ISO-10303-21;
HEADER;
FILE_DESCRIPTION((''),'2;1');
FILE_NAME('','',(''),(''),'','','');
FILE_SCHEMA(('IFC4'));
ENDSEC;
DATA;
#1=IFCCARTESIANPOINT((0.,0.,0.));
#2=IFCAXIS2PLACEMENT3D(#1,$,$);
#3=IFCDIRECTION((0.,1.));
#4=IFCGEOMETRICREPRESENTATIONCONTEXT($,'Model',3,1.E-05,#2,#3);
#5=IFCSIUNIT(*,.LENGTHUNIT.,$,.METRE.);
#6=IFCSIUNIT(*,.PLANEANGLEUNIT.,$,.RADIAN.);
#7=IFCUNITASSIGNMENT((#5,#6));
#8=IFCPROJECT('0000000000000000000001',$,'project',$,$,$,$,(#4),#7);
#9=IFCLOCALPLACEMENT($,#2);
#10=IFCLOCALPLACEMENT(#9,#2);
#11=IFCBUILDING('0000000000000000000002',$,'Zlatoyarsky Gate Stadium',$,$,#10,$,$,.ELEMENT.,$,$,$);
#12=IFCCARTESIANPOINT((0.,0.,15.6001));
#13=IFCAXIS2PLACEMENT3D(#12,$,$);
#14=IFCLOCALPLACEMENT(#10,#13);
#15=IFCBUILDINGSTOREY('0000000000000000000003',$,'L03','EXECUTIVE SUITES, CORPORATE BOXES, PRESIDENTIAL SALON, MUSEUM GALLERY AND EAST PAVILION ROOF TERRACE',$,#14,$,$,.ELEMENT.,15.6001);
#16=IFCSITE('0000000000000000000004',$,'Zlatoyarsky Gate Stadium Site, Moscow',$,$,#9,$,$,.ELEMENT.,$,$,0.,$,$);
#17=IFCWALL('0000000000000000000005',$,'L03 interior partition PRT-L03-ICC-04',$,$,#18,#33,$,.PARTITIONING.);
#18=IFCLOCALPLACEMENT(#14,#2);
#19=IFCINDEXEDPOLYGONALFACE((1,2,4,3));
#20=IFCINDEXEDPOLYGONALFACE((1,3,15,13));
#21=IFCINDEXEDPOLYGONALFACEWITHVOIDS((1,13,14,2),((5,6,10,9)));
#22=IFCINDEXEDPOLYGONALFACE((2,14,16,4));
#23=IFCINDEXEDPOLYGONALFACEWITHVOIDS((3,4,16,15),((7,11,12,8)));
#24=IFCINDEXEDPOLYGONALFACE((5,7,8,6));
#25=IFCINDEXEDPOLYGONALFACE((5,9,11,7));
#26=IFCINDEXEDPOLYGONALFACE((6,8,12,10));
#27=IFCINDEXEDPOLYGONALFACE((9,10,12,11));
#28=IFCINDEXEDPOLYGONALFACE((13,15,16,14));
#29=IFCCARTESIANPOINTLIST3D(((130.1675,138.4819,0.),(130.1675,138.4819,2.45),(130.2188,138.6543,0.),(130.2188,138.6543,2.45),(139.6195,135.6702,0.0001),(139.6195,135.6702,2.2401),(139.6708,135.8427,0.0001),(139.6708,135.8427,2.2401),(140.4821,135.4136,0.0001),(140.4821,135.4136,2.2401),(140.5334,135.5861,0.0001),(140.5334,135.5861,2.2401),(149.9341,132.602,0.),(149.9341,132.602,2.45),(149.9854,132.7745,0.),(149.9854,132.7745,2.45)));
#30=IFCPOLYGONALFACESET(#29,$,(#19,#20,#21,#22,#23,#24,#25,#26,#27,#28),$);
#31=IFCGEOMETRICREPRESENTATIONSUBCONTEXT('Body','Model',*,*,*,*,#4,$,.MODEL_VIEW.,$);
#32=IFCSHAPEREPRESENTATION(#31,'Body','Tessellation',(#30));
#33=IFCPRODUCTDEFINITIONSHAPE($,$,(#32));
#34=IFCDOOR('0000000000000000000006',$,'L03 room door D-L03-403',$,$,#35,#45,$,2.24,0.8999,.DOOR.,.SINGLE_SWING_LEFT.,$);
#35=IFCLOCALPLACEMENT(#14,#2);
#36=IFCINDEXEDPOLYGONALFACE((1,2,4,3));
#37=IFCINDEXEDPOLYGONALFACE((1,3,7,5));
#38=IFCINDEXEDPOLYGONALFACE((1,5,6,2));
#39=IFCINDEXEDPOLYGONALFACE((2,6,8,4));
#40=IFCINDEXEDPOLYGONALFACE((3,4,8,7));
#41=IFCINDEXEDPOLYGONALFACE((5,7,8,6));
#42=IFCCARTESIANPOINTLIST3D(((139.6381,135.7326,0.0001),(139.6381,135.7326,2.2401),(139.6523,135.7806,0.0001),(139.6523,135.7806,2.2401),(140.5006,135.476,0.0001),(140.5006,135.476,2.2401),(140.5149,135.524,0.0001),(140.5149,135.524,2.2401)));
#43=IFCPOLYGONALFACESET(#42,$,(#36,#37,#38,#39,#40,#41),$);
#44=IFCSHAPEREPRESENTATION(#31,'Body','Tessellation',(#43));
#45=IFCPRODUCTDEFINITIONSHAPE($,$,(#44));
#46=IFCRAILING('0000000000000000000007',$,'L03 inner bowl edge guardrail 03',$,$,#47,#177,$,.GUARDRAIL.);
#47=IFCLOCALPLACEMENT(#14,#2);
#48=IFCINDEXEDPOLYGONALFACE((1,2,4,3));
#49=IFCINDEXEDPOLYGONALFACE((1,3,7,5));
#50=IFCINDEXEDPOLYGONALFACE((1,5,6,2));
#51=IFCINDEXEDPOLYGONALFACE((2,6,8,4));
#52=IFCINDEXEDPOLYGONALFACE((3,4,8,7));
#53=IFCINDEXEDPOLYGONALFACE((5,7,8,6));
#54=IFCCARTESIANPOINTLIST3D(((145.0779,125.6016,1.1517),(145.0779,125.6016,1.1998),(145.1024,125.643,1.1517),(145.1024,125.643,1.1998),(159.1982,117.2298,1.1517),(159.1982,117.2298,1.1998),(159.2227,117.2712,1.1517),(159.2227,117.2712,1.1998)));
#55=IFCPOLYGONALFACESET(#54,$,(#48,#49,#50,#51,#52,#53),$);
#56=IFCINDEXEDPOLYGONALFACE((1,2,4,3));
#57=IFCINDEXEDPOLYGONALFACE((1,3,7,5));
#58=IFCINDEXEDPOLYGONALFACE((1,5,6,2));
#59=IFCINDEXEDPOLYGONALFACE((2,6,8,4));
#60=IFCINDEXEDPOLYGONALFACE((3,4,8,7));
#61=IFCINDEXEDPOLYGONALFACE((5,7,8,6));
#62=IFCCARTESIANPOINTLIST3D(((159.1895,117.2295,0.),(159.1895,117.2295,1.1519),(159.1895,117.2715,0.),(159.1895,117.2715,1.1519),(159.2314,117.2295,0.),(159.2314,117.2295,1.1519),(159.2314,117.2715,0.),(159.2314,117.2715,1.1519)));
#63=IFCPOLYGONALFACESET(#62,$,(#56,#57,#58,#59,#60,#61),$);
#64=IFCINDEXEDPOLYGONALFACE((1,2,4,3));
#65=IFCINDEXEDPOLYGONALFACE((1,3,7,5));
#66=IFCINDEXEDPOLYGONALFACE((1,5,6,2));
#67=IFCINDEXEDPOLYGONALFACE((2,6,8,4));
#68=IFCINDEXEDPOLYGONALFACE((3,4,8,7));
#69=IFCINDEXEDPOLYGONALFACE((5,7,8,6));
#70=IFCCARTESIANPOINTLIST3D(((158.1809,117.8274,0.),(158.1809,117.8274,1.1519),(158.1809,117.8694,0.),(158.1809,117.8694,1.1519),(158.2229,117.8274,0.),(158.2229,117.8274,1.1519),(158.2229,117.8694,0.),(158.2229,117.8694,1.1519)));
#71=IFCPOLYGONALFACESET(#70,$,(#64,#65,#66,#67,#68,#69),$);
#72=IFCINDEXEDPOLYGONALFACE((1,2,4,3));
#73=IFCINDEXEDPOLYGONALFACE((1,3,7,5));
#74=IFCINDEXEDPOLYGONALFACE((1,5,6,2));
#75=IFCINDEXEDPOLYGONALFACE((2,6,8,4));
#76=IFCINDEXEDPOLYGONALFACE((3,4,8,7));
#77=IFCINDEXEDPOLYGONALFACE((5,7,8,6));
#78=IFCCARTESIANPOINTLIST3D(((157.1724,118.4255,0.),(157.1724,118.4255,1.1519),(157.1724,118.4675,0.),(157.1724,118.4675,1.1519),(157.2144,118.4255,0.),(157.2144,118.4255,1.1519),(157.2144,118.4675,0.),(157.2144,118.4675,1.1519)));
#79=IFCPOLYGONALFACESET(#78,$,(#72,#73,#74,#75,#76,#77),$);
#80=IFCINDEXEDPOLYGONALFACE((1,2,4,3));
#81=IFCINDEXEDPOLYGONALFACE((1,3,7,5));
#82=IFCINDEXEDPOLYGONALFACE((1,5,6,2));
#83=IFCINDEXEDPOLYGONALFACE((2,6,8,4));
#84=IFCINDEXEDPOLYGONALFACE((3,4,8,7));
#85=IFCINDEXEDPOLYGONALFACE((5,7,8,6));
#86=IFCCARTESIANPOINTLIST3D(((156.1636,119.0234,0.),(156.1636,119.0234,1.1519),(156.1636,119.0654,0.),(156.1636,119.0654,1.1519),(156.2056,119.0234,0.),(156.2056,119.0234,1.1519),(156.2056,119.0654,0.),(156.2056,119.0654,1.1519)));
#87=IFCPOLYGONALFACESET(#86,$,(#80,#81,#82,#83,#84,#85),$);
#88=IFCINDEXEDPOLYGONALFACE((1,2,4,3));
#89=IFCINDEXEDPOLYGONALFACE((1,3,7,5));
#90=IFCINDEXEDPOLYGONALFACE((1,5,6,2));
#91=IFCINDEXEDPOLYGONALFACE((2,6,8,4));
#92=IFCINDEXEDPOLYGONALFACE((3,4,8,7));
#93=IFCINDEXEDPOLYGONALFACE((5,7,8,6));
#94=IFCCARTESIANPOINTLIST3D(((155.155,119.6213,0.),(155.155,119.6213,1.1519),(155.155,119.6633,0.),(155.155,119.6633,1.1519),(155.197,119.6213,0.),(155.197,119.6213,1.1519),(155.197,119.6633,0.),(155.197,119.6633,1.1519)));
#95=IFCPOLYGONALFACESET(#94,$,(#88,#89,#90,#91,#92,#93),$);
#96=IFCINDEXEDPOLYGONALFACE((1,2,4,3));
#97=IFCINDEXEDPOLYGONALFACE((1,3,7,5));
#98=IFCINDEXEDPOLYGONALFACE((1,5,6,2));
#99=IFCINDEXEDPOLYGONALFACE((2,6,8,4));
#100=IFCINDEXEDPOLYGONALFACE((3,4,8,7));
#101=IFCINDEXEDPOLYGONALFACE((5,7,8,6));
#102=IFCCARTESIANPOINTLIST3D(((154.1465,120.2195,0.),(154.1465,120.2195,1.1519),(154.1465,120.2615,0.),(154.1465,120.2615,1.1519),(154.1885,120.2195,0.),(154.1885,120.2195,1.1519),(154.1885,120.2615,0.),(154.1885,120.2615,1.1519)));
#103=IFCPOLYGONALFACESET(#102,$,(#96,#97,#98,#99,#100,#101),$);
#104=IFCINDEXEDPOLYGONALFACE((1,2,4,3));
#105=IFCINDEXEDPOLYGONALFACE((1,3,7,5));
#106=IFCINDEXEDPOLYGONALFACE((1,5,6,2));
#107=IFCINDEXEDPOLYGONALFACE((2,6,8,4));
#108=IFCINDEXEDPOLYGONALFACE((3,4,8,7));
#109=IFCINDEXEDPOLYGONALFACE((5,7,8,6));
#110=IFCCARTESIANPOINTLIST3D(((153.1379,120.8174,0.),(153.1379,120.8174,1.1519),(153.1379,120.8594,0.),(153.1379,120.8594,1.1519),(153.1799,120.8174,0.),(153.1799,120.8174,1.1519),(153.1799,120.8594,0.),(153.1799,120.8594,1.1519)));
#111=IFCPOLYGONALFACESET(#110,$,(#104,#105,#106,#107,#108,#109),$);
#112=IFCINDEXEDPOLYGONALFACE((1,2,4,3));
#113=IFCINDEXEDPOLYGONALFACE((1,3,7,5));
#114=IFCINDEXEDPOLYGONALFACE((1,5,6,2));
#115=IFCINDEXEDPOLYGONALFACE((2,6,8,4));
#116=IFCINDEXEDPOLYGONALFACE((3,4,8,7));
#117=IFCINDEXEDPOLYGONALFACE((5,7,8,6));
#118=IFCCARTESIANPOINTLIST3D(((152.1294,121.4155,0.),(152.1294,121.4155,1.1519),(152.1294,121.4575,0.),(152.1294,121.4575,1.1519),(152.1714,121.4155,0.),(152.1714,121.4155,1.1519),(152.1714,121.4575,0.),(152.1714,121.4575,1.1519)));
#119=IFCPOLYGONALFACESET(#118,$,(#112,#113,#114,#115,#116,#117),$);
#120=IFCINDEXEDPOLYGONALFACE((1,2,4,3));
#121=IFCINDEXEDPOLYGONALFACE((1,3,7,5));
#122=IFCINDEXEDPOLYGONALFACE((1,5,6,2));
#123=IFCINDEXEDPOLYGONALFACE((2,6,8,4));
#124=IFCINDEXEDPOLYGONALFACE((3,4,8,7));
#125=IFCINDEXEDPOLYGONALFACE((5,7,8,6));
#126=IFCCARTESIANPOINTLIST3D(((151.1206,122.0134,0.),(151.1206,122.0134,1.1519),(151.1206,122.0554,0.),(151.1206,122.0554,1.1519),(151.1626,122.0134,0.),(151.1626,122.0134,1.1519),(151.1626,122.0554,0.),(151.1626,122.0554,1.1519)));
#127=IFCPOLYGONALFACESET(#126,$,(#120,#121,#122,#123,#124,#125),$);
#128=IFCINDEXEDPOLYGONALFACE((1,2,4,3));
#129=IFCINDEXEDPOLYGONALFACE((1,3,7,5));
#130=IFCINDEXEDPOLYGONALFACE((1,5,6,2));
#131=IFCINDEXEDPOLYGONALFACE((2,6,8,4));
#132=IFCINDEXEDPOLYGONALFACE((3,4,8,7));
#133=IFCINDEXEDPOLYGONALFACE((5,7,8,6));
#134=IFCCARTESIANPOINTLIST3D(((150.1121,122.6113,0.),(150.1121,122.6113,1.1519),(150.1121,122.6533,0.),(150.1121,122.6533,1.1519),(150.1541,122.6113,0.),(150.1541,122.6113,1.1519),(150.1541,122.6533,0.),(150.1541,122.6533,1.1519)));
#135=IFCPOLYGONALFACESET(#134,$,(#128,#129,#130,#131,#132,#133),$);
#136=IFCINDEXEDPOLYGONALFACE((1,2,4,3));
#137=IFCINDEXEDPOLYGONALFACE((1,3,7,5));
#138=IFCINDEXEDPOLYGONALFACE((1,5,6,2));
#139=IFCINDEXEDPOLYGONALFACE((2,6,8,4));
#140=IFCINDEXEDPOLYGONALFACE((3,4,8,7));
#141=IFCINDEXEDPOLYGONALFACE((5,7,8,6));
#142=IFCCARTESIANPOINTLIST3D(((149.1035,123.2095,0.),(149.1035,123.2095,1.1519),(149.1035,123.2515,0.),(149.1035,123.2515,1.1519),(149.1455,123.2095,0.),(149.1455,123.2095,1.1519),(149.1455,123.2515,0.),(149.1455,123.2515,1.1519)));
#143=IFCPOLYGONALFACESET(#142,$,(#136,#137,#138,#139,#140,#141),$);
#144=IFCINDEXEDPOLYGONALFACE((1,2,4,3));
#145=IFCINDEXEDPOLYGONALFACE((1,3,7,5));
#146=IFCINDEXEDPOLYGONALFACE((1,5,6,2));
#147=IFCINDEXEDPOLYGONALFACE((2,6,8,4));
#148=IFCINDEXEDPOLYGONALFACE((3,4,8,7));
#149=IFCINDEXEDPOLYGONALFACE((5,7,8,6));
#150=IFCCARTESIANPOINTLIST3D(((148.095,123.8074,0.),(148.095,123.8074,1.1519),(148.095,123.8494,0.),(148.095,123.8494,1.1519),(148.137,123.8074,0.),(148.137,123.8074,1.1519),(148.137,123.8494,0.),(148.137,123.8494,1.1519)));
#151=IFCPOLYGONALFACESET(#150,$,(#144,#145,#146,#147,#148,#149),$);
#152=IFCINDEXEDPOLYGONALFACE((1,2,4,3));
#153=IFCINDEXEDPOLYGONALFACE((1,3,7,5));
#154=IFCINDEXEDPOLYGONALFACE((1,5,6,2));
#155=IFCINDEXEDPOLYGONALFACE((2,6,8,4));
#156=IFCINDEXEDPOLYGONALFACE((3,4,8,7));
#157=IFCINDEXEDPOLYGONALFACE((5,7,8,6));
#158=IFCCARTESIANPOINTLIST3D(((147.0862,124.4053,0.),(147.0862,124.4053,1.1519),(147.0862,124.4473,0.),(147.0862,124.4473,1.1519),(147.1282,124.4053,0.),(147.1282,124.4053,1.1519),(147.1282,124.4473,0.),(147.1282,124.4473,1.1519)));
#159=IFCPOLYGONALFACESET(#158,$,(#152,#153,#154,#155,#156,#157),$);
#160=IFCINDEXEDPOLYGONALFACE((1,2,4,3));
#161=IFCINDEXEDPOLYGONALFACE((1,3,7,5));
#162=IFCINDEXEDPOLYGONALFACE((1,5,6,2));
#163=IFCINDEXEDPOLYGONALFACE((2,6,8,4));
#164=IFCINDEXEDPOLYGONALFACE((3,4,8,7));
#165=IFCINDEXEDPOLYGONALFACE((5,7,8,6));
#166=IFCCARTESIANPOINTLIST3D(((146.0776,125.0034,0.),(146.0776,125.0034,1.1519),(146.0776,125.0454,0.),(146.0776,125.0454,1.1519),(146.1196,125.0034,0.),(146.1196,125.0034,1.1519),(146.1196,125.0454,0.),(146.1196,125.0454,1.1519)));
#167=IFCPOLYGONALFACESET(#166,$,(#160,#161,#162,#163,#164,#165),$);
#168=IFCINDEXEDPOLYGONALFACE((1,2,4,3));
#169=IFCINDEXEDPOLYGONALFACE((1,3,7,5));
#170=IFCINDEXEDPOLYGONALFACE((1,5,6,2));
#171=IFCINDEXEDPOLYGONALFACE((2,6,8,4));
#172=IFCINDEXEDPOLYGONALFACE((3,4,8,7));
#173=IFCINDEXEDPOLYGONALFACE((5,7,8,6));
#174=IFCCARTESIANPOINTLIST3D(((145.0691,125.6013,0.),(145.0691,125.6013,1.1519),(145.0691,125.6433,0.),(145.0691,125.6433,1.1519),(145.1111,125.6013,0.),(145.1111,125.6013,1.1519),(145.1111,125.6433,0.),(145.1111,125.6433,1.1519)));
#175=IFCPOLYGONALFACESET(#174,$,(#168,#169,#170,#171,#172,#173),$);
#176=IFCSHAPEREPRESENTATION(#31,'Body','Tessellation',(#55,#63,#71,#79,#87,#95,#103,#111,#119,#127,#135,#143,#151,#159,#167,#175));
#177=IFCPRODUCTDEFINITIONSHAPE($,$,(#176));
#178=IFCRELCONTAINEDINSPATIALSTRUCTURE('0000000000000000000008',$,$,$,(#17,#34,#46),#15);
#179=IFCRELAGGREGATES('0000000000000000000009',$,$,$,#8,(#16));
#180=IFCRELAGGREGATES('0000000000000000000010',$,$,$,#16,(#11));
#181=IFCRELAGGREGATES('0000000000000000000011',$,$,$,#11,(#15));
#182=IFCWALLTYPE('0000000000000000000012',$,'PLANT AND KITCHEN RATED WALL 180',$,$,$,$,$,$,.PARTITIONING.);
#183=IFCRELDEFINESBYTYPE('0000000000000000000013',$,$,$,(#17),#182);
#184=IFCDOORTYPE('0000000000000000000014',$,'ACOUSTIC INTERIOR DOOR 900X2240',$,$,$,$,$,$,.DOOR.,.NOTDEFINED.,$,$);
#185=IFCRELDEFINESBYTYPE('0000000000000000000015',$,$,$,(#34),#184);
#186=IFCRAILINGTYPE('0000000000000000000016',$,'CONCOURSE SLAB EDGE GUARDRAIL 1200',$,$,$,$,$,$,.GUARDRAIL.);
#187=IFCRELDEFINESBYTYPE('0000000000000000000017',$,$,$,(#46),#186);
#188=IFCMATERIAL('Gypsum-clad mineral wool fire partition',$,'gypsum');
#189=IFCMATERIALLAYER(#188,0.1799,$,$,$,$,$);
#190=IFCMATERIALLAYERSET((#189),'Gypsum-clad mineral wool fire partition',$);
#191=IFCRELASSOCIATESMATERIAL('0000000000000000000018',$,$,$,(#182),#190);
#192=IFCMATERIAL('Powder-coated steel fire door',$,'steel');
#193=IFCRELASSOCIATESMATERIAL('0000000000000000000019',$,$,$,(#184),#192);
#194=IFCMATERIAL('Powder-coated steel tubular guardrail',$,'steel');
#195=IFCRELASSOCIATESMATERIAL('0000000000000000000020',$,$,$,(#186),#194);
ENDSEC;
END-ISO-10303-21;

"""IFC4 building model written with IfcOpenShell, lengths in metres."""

from ifc_helpers import new_model, si_unit, direction, frame, frame_2d, origin, origin_2d, place, context, subcontext, project, spatial, rectangle, extrude, material, layer, layer_set, type_object, element, fill, save


model = new_model("IFC4")

# Units and contexts
model_context = context("Model", 3, precision=1e-05, world=origin(), true_north=direction((0.0, 1.0)))
body_context = subcontext(model_context, "Body", "Model", "MODEL_VIEW")
ifc_project = project(units=[si_unit("LENGTHUNIT", "METRE"), si_unit("PLANEANGLEUNIT", "RADIAN")], contexts=[model_context])

# Site, building, storey
site_placement = place(None, origin())
site = spatial("IfcSite", under=ifc_project, at=site_placement, Name="Zlatoyarsky Gate Stadium Site, Moscow", CompositionType="ELEMENT", RefElevation=0.0)
building_placement = place(site_placement, origin())
building = spatial("IfcBuilding", under=site, at=building_placement, Name="Zlatoyarsky Gate Stadium", CompositionType="ELEMENT")
storey_placement = place(building_placement, frame((0.0, 0.0, 15.6001)))
storey = spatial("IfcBuildingStorey", under=building, at=storey_placement, Name="L03", Description="EXECUTIVE SUITES, CORPORATE BOXES, PRESIDENTIAL SALON, MUSEUM GALLERY AND EAST PAVILION ROOF TERRACE", CompositionType="ELEMENT", Elevation=15.6001)

# Shared definitions
ifc_material_1 = material(Name="Powder-coated steel fire door", Category="steel")

# Wall, opening, door
ifc_material_2 = material(Name="Gypsum-clad mineral wool fire partition", Category="gypsum")
ifc_layer_1 = layer(ifc_material_2, 0.1799)
ifc_layer_set_1 = layer_set([ifc_layer_1], Name="Gypsum-clad mineral wool fire partition")
wall_type_1 = type_object("IfcWallType", Name="PLANT AND KITCHEN RATED WALL 180", PredefinedType="PARTITIONING", material=ifc_layer_set_1)
wall_1_placement = place(storey_placement, frame((149.9597, 132.6882, 0.0), z_axis=(0.0, 0.0, 1.0), x_axis=(-0.958492, 0.285118, 0.0)))
wall_1 = element("IfcWall", 1, at=wall_1_placement, inside=storey, type_object=wall_type_1, Name="L03 interior partition PRT-L03-ICC-04", PredefinedType="PARTITIONING", context=body_context, shape_type="SweptSolid", body=[
    extrude(rectangle(XDim=20.6226, YDim=0.1799, at=frame_2d((10.3113, 0.0))), origin(), (0.0, 0.0, 1.0), 2.45),
])
opening_1_placement = place(wall_1_placement, frame((9.8613, 0.0, 0.0)))
opening_1 = element("IfcOpeningElement", 2, at=opening_1_placement, cuts=wall_1, PredefinedType="OPENING", context=body_context, shape_type="SweptSolid", body=[
    extrude(rectangle(XDim=0.8999, YDim=2.24, at=frame_2d((0.45, 1.1201))), frame((0.0, 0.0999, 0.0), z_axis=(0.0, -1.0, 0.0), x_axis=(1.0, 0.0, 0.0)), (0.0, 0.0, 1.0), 0.2),
])
door_type_1 = type_object("IfcDoorType", Name="ACOUSTIC INTERIOR DOOR 900X2240", OperationType="NOTDEFINED", PredefinedType="DOOR", material=ifc_material_1)
door_1_placement = place(opening_1_placement, origin())
door_1 = element("IfcDoor", 3, at=door_1_placement, inside=storey, type_object=door_type_1, Name="L03 room door D-L03-403", OperationType="SINGLE_SWING_LEFT", OverallHeight=2.24, OverallWidth=0.8999, PredefinedType="DOOR", context=body_context, shape_type="SweptSolid", body=[
    extrude(rectangle(XDim=0.8999, YDim=2.24, at=frame_2d((0.45, 1.1201))), frame((0.0, 0.0249, 0.0), z_axis=(0.0, -1.0, 0.0), x_axis=(1.0, 0.0, 0.0)), (0.0, 0.0, 1.0), 0.05),
])
fill(opening_1, door_1)

# Railing
ifc_material_3 = material(Name="Powder-coated steel tubular guardrail", Category="steel")
railing_type = type_object("IfcRailingType", Name="CONCOURSE SLAB EDGE GUARDRAIL 1200", PredefinedType="GUARDRAIL", material=ifc_material_3)
railing_1_placement = place(storey_placement, frame((159.2104, 117.2505, 0.0)))
element("IfcRailing", 4, at=railing_1_placement, inside=storey, type_object=railing_type, Name="L03 inner bowl edge guardrail 03", PredefinedType="GUARDRAIL", context=body_context, shape_type="SweptSolid", body=[
    extrude(rectangle(XDim=0.0481, YDim=0.0481, at=origin_2d()), frame((0.0, 0.0, 1.1758), z_axis=(-0.860179, 0.509992, 0.0), x_axis=(-0.509992, -0.860179, 0.0)), (0.0, 0.0, 1.0), 16.4155),
    extrude(rectangle(XDim=0.042, YDim=0.042, at=origin_2d()), origin(), (0.0, 0.0, 1.0), 1.1519),
    extrude(rectangle(XDim=0.042, YDim=0.042, at=origin_2d()), frame((-1.0085, 0.5979, 0.0)), (0.0, 0.0, 1.0), 1.1519),
    extrude(rectangle(XDim=0.042, YDim=0.042, at=origin_2d()), frame((-2.0171, 1.196, 0.0)), (0.0, 0.0, 1.0), 1.1519),
    extrude(rectangle(XDim=0.042, YDim=0.042, at=origin_2d()), frame((-3.0259, 1.7939, 0.0)), (0.0, 0.0, 1.0), 1.1519),
    extrude(rectangle(XDim=0.042, YDim=0.042, at=origin_2d()), frame((-4.0344, 2.3918, 0.0)), (0.0, 0.0, 1.0), 1.1519),
    extrude(rectangle(XDim=0.042, YDim=0.042, at=origin_2d()), frame((-5.043, 2.99, 0.0)), (0.0, 0.0, 1.0), 1.1519),
    extrude(rectangle(XDim=0.042, YDim=0.042, at=origin_2d()), frame((-6.0515, 3.5879, 0.0)), (0.0, 0.0, 1.0), 1.1519),
    extrude(rectangle(XDim=0.042, YDim=0.042, at=origin_2d()), frame((-7.0601, 4.186, 0.0)), (0.0, 0.0, 1.0), 1.1519),
    extrude(rectangle(XDim=0.042, YDim=0.042, at=origin_2d()), frame((-8.0688, 4.7839, 0.0)), (0.0, 0.0, 1.0), 1.1519),
    extrude(rectangle(XDim=0.042, YDim=0.042, at=origin_2d()), frame((-9.0774, 5.3818, 0.0)), (0.0, 0.0, 1.0), 1.1519),
    extrude(rectangle(XDim=0.042, YDim=0.042, at=origin_2d()), frame((-10.0859, 5.98, 0.0)), (0.0, 0.0, 1.0), 1.1519),
    extrude(rectangle(XDim=0.042, YDim=0.042, at=origin_2d()), frame((-11.0945, 6.5779, 0.0)), (0.0, 0.0, 1.0), 1.1519),
    extrude(rectangle(XDim=0.042, YDim=0.042, at=origin_2d()), frame((-12.1033, 7.1758, 0.0)), (0.0, 0.0, 1.0), 1.1519),
    extrude(rectangle(XDim=0.042, YDim=0.042, at=origin_2d()), frame((-13.1118, 7.7739, 0.0)), (0.0, 0.0, 1.0), 1.1519),
    extrude(rectangle(XDim=0.042, YDim=0.042, at=origin_2d()), frame((-14.1204, 8.3718, 0.0)), (0.0, 0.0, 1.0), 1.1519),
])

save(model, "model.ifc")
